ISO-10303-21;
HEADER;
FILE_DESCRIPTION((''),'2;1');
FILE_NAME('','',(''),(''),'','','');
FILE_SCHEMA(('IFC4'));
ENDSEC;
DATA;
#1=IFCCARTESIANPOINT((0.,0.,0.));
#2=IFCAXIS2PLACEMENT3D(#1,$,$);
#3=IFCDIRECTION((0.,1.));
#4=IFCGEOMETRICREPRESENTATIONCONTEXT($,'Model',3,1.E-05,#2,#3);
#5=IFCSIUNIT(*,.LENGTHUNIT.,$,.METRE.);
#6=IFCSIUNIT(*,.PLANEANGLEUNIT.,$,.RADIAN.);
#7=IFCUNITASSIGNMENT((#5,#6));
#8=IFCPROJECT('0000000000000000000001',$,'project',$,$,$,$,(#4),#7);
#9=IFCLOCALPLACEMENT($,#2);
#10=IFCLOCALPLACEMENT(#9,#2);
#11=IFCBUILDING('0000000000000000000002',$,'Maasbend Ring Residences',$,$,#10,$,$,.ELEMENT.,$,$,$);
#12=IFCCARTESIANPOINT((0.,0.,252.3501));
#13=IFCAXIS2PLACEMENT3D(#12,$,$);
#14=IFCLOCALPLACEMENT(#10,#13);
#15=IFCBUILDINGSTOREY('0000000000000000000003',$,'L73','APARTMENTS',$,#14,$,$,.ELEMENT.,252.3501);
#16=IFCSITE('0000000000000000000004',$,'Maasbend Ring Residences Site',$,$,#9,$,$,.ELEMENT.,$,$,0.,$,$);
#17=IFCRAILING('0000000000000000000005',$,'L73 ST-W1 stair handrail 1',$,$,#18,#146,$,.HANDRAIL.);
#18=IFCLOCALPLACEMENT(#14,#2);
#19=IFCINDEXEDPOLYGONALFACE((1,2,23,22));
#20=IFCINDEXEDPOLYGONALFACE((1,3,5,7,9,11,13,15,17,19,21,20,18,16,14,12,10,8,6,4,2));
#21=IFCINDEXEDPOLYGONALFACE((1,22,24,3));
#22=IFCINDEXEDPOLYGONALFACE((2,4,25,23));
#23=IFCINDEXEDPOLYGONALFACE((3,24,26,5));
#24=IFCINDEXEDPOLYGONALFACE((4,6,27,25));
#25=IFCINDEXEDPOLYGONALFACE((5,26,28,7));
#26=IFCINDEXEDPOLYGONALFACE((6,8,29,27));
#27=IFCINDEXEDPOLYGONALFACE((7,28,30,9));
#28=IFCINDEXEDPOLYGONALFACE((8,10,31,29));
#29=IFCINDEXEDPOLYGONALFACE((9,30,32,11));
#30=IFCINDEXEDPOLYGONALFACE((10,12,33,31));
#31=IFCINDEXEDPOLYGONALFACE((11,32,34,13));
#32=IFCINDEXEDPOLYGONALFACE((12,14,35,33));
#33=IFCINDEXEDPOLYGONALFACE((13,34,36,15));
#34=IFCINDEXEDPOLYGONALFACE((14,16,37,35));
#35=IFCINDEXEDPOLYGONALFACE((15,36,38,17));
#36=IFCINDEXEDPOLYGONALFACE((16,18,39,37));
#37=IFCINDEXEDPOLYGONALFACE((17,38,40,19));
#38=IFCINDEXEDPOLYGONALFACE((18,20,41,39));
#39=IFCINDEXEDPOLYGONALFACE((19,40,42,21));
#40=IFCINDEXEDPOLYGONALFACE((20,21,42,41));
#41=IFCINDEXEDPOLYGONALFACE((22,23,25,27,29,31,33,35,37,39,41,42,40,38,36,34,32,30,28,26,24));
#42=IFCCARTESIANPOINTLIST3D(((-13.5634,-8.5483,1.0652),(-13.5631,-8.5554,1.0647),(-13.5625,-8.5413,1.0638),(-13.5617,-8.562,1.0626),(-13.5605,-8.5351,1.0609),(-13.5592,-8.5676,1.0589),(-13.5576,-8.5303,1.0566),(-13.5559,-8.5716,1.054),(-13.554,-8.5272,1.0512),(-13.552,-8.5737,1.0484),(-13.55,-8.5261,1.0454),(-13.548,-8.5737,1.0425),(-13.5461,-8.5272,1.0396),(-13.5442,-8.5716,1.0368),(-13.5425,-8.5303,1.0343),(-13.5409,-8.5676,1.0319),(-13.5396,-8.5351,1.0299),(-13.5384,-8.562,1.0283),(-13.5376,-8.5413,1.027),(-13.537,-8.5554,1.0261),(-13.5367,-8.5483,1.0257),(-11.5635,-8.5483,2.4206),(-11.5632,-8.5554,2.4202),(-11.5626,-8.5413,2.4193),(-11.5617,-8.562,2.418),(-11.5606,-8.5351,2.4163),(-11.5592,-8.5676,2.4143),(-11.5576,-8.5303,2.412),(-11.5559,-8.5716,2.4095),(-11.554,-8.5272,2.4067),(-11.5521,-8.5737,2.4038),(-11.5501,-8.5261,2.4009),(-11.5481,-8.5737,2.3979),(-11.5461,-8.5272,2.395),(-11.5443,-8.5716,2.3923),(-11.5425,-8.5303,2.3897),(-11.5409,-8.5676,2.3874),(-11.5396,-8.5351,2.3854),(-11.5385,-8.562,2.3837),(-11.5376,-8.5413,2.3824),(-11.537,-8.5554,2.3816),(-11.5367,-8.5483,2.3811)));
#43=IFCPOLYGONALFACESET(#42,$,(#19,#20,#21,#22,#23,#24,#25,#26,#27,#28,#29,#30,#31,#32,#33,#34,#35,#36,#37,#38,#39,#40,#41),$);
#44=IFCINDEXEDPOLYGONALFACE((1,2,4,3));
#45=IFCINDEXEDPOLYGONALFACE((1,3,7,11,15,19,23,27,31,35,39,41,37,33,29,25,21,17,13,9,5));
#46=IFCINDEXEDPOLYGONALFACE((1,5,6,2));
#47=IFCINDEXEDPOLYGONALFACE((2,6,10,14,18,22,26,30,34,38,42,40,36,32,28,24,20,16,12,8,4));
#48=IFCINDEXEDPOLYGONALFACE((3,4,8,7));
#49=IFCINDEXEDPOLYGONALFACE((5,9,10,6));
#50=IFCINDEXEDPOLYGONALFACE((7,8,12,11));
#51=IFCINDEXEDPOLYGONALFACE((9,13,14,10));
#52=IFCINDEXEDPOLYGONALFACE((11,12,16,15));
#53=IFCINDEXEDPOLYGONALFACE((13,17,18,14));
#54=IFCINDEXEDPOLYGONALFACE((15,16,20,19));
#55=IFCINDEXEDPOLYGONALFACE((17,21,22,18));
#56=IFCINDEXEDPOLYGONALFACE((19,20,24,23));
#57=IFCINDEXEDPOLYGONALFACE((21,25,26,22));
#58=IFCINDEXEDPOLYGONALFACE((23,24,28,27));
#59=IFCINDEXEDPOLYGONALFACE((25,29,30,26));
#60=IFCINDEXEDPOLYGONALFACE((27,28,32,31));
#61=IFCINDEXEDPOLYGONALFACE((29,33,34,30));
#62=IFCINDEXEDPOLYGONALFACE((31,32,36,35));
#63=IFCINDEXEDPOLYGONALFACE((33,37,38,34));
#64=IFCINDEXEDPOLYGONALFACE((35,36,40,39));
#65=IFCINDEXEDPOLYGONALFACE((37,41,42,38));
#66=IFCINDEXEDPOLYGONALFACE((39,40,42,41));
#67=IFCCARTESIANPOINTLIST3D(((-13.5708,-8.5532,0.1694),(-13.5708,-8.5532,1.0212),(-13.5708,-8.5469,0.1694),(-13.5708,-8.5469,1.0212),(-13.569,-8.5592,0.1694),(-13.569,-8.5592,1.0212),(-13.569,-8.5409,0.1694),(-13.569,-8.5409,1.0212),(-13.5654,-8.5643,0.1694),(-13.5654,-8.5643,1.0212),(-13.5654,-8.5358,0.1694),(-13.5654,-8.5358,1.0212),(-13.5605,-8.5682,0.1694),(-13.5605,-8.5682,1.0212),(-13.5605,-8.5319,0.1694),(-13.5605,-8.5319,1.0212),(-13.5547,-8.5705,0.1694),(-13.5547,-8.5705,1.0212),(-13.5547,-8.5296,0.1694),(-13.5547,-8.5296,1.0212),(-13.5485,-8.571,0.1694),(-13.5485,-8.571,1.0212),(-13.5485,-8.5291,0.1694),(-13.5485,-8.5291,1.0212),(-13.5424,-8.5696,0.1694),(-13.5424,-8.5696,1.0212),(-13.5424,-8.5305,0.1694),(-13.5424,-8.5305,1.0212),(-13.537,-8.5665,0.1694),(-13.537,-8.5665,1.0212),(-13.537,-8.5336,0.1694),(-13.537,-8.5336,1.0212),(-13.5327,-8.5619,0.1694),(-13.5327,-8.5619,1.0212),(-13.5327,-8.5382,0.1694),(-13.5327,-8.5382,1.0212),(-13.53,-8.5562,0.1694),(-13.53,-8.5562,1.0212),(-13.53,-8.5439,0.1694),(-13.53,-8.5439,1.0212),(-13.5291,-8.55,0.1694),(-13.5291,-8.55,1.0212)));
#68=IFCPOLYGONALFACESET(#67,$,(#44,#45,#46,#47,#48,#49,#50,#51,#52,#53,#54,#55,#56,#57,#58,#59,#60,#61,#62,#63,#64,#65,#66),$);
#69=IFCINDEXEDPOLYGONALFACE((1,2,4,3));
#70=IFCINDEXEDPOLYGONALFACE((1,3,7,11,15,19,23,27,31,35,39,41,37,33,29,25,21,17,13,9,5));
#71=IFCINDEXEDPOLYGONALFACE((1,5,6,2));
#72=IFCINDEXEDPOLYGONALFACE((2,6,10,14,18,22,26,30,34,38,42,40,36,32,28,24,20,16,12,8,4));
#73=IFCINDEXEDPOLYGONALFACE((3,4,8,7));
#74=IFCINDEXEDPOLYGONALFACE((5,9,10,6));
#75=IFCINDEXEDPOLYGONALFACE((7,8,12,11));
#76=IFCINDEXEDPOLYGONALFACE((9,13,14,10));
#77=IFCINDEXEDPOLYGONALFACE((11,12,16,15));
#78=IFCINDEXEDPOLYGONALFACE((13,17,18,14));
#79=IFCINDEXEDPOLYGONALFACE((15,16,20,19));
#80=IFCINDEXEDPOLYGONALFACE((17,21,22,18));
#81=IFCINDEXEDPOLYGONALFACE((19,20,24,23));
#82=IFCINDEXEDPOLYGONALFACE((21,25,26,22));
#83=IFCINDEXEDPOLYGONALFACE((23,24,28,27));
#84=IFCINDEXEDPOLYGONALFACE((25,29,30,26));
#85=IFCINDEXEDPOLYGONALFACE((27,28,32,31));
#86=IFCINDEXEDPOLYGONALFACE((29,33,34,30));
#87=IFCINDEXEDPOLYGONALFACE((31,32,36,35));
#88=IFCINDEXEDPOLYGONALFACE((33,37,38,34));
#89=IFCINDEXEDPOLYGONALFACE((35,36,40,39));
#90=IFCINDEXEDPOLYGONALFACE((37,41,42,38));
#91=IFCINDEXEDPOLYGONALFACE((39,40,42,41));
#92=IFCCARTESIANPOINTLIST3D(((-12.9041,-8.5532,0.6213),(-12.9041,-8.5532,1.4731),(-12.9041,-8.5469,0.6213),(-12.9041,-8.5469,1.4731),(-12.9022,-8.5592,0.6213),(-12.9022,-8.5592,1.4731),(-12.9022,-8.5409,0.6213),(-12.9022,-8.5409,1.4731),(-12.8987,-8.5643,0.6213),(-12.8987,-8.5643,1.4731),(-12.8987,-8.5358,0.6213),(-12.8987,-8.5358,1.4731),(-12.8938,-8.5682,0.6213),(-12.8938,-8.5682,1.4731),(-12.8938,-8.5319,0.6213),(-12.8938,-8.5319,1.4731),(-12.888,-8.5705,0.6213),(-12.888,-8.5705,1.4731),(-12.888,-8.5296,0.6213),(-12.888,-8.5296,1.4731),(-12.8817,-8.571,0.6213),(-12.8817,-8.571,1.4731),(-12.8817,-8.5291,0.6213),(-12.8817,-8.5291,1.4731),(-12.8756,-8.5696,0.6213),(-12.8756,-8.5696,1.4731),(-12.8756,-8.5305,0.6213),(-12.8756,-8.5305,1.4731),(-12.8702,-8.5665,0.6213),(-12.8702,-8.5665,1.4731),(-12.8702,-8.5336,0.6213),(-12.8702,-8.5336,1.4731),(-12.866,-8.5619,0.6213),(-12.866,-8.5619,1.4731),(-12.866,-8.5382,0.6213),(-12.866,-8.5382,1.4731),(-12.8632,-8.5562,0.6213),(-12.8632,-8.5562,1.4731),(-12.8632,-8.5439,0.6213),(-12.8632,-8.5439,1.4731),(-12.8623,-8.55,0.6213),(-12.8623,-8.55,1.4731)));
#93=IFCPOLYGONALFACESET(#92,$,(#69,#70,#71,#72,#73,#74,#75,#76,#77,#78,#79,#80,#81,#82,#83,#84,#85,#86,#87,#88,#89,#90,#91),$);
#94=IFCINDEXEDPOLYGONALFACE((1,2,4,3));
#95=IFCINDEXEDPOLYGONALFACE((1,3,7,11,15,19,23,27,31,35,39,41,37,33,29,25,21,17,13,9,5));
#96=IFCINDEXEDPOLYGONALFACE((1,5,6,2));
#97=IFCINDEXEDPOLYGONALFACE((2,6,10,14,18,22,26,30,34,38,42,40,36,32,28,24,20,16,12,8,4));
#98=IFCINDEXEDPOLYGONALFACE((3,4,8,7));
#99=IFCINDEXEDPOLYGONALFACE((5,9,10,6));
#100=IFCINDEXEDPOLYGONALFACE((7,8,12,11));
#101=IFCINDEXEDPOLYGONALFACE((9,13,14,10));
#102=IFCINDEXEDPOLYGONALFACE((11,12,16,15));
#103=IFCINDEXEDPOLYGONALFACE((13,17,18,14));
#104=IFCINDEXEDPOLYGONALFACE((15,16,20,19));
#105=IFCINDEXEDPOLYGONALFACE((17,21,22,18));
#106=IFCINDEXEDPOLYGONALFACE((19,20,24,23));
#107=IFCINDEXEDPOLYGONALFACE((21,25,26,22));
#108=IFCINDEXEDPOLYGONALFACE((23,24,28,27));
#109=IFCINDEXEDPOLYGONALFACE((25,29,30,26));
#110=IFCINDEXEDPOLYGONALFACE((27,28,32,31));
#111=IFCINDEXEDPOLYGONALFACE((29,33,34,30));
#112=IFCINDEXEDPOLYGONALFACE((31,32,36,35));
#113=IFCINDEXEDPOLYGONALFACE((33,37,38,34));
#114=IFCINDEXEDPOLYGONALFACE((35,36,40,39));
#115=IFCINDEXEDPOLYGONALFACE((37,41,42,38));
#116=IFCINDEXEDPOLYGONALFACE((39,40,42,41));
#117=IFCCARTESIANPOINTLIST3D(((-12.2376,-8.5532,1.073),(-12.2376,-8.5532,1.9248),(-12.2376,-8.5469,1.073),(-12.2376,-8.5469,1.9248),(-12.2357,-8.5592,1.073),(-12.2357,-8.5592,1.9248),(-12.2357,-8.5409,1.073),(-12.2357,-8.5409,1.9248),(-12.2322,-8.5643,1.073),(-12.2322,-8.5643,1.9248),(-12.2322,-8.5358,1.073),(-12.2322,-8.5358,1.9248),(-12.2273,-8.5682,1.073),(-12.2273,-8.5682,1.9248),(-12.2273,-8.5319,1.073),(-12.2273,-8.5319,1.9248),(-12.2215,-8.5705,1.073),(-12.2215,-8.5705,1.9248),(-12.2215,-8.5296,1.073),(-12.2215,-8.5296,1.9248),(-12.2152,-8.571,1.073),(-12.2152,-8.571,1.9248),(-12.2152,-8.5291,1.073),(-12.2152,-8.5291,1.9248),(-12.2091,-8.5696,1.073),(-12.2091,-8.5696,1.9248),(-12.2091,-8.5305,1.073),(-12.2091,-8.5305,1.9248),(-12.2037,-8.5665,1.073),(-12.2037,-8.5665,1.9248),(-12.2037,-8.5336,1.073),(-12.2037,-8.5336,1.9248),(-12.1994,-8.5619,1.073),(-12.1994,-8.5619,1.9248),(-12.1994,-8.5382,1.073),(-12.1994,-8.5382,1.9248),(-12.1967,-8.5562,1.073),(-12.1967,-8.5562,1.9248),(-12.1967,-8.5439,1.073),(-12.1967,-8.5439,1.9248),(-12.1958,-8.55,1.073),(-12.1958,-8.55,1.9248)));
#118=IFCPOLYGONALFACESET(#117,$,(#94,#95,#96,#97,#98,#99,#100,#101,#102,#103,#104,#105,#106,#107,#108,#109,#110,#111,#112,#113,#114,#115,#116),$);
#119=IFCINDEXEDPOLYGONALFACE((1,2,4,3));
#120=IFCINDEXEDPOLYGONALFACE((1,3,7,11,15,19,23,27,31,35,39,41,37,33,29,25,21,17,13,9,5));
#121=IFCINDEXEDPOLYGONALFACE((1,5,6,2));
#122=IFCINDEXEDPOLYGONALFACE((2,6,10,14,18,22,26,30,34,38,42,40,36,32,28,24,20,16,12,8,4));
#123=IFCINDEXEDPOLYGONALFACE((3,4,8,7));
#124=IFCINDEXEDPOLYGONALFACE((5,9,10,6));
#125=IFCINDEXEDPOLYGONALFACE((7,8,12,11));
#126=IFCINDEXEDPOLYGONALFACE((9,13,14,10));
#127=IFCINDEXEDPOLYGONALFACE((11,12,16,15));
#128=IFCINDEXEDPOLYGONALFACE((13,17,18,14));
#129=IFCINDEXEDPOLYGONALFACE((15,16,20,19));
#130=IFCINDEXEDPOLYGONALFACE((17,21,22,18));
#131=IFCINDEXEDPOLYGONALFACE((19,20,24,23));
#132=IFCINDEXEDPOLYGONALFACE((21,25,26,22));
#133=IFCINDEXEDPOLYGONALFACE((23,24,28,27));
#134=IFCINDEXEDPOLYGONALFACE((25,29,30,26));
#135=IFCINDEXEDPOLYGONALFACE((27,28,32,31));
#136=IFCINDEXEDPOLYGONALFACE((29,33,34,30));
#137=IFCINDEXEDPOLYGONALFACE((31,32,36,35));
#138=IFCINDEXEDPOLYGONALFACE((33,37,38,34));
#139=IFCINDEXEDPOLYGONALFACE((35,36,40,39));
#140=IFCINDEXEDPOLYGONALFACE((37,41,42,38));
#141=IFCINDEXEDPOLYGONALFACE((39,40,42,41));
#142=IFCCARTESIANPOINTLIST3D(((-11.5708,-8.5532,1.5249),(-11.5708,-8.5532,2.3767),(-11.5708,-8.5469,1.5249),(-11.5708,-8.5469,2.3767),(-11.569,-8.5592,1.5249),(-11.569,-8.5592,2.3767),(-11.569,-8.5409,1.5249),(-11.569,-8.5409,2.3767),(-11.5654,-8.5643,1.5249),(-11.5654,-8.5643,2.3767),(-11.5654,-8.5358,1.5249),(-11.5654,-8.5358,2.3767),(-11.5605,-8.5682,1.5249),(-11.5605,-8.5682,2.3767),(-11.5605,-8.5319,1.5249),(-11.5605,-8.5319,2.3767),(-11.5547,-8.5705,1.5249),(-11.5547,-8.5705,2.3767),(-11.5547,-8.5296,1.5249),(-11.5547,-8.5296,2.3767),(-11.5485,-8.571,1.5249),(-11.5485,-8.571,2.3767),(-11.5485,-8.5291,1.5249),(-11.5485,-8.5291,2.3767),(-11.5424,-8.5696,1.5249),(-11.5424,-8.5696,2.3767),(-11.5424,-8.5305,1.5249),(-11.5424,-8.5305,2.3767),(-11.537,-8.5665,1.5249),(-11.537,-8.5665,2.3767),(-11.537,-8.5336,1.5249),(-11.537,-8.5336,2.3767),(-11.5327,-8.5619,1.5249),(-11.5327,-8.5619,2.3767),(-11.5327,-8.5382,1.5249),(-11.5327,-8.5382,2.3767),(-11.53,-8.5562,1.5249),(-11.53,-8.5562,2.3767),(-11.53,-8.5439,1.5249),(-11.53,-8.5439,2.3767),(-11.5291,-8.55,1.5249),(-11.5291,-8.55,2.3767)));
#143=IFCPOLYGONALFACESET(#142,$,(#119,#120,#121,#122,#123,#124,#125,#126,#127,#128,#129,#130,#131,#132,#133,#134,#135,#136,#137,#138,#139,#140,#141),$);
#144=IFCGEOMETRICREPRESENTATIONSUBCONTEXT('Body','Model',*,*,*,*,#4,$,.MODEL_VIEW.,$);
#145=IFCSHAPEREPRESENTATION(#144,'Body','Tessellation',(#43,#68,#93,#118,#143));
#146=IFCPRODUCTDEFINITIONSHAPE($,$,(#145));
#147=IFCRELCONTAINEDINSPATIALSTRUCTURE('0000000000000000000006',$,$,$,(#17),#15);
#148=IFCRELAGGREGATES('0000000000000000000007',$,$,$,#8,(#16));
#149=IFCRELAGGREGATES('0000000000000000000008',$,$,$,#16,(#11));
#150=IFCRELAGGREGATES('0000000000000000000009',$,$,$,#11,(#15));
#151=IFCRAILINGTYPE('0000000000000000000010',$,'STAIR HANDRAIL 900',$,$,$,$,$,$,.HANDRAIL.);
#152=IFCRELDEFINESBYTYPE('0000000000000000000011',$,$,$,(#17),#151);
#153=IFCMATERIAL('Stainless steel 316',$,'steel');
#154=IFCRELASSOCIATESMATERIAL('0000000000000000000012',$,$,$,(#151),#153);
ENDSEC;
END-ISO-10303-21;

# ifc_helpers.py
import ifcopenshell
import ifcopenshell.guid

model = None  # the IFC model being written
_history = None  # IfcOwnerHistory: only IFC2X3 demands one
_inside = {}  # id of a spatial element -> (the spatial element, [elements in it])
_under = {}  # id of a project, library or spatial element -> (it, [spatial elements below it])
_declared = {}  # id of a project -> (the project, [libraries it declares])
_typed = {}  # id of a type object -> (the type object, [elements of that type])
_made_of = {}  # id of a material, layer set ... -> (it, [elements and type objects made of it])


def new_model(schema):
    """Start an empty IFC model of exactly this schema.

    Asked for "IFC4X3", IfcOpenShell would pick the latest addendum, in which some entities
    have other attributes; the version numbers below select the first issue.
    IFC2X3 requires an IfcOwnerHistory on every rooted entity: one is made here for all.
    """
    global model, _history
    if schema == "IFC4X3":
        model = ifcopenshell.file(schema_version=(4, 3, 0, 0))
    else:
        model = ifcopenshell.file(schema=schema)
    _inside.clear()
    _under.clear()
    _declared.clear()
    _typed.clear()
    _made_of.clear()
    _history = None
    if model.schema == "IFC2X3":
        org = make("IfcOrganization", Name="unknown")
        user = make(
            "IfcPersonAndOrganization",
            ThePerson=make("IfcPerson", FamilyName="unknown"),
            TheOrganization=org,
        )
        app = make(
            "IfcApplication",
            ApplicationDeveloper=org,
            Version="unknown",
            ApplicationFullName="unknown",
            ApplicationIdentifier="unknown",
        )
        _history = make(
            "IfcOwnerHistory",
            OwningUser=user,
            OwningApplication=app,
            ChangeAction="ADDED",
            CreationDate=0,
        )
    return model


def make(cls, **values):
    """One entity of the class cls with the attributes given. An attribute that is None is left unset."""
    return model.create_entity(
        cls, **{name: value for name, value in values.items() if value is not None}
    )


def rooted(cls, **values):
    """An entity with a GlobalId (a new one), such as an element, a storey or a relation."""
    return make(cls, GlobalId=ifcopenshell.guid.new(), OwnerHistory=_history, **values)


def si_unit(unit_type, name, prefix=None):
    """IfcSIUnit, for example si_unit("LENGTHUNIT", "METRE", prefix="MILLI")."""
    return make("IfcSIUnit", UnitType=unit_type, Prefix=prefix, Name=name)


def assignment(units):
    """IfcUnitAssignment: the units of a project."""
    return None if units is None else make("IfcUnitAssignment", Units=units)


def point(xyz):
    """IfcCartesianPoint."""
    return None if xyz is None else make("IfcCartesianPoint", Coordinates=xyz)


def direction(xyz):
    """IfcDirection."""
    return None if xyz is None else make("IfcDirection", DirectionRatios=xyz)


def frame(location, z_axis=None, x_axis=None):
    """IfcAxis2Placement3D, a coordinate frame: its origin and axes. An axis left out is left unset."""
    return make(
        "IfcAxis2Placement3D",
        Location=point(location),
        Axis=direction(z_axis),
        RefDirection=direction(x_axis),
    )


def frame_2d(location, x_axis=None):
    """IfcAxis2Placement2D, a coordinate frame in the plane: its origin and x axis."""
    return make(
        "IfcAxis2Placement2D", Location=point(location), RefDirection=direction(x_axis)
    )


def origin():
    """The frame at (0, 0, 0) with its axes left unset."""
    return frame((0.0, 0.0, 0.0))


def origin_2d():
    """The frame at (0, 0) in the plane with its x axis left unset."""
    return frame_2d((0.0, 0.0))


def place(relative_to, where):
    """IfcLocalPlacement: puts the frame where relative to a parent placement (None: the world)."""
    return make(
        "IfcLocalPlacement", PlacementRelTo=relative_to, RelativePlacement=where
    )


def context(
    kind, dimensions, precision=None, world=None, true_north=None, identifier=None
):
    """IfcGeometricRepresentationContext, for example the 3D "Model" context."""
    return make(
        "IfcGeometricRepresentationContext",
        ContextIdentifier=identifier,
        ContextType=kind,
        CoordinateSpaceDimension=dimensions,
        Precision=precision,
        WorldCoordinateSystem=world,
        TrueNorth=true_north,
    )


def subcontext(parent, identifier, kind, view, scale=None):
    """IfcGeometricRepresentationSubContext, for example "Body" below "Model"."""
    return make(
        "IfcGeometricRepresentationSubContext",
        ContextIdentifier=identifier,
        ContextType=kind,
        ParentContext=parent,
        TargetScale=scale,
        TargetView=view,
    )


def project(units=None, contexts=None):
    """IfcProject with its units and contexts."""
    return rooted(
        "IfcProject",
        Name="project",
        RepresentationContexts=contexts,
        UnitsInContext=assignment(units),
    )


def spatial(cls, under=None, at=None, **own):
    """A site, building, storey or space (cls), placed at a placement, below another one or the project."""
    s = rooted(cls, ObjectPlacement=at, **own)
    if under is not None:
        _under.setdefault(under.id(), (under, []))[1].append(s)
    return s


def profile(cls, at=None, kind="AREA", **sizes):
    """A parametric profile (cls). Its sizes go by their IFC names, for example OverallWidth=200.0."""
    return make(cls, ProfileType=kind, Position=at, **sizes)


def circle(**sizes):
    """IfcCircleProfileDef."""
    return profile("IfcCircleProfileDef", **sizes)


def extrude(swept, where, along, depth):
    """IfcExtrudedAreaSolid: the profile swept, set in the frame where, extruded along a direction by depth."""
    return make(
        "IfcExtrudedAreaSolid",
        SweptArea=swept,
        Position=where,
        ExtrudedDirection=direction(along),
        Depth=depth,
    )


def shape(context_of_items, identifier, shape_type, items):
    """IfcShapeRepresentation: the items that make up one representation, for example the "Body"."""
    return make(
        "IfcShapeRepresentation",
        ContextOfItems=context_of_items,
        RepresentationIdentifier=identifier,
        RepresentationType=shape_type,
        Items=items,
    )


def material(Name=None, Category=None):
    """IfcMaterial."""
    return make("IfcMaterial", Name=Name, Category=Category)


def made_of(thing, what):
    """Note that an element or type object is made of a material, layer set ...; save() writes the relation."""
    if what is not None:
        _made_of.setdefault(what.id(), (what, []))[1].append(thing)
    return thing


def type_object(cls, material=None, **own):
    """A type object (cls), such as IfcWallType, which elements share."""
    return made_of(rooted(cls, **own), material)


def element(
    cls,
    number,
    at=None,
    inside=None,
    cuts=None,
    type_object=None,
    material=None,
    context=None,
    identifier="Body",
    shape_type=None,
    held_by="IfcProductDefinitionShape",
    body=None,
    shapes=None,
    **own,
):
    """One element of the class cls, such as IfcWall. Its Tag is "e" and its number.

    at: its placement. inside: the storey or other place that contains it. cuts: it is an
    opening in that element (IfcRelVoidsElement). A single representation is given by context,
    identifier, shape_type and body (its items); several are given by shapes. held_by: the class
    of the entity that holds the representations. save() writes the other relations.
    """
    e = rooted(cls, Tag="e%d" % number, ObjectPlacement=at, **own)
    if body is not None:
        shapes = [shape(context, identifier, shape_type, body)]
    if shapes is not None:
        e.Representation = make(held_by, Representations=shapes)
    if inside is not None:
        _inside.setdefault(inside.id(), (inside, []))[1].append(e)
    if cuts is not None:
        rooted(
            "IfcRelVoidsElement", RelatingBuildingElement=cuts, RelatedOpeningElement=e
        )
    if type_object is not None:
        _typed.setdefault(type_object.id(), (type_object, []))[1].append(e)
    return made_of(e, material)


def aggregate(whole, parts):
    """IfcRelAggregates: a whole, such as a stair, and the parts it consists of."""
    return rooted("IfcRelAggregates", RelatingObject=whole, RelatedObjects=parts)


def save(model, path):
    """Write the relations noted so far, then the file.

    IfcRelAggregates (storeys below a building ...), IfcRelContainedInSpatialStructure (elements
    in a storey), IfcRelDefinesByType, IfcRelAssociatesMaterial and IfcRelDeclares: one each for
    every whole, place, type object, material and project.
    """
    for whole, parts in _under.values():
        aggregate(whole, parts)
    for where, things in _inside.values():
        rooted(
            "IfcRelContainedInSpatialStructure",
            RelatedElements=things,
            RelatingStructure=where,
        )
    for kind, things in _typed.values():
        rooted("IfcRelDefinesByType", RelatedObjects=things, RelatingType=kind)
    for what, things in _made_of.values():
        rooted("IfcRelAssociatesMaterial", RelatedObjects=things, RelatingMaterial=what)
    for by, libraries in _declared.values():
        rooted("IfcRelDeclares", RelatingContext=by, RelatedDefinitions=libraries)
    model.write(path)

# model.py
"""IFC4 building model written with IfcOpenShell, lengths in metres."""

from ifc_helpers import new_model, si_unit, direction, frame, origin, origin_2d, place, context, subcontext, project, spatial, circle, extrude, material, type_object, element, save


model = new_model("IFC4")

# Units and contexts
model_context = context("Model", 3, precision=1e-05, world=origin(), true_north=direction((0.0, 1.0)))
body_context = subcontext(model_context, "Body", "Model", "MODEL_VIEW")
ifc_project = project(units=[si_unit("LENGTHUNIT", "METRE"), si_unit("PLANEANGLEUNIT", "RADIAN")], contexts=[model_context])

# Site, building, storey
site_placement = place(None, origin())
site = spatial("IfcSite", under=ifc_project, at=site_placement, Name="Maasbend Ring Residences Site", CompositionType="ELEMENT", RefElevation=0.0)
building_placement = place(site_placement, origin())
building = spatial("IfcBuilding", under=site, at=building_placement, Name="Maasbend Ring Residences", CompositionType="ELEMENT")
storey_placement = place(building_placement, frame((0.0, 0.0, 252.3501)))
storey = spatial("IfcBuildingStorey", under=building, at=storey_placement, Name="L73", Description="APARTMENTS", CompositionType="ELEMENT", Elevation=252.3501)

# Railing
ifc_material_1 = material(Name="Stainless steel 316", Category="steel")
railing_type_1 = type_object("IfcRailingType", Name="STAIR HANDRAIL 900", PredefinedType="HANDRAIL", material=ifc_material_1)
railing_1_placement = place(storey_placement, frame((-13.55, -8.55, 0.1694)))
element("IfcRailing", 1, at=railing_1_placement, inside=storey, type_object=railing_type_1, Name="L73 ST-W1 stair handrail 1", PredefinedType="HANDRAIL", context=body_context, shape_type="SweptSolid", body=[
    extrude(circle(Radius=0.0239, at=origin_2d()), frame((0.0, 0.0, 0.876), z_axis=(0.827798, 0.0, 0.561027), x_axis=(0.0, 1.0, 0.0)), (0.0, 0.0, 1.0), 2.416),
    extrude(circle(Radius=0.021, at=origin_2d()), origin(), (0.0, 0.0, 1.0), 0.8518),
    extrude(circle(Radius=0.021, at=origin_2d()), frame((0.6667, 0.0, 0.4519)), (0.0, 0.0, 1.0), 0.8518),
    extrude(circle(Radius=0.021, at=origin_2d()), frame((1.3333, 0.0, 0.9036)), (0.0, 0.0, 1.0), 0.8518),
    extrude(circle(Radius=0.021, at=origin_2d()), frame((2.0, 0.0, 1.3555)), (0.0, 0.0, 1.0), 0.8518),
])

save(model, "model.ifc")
